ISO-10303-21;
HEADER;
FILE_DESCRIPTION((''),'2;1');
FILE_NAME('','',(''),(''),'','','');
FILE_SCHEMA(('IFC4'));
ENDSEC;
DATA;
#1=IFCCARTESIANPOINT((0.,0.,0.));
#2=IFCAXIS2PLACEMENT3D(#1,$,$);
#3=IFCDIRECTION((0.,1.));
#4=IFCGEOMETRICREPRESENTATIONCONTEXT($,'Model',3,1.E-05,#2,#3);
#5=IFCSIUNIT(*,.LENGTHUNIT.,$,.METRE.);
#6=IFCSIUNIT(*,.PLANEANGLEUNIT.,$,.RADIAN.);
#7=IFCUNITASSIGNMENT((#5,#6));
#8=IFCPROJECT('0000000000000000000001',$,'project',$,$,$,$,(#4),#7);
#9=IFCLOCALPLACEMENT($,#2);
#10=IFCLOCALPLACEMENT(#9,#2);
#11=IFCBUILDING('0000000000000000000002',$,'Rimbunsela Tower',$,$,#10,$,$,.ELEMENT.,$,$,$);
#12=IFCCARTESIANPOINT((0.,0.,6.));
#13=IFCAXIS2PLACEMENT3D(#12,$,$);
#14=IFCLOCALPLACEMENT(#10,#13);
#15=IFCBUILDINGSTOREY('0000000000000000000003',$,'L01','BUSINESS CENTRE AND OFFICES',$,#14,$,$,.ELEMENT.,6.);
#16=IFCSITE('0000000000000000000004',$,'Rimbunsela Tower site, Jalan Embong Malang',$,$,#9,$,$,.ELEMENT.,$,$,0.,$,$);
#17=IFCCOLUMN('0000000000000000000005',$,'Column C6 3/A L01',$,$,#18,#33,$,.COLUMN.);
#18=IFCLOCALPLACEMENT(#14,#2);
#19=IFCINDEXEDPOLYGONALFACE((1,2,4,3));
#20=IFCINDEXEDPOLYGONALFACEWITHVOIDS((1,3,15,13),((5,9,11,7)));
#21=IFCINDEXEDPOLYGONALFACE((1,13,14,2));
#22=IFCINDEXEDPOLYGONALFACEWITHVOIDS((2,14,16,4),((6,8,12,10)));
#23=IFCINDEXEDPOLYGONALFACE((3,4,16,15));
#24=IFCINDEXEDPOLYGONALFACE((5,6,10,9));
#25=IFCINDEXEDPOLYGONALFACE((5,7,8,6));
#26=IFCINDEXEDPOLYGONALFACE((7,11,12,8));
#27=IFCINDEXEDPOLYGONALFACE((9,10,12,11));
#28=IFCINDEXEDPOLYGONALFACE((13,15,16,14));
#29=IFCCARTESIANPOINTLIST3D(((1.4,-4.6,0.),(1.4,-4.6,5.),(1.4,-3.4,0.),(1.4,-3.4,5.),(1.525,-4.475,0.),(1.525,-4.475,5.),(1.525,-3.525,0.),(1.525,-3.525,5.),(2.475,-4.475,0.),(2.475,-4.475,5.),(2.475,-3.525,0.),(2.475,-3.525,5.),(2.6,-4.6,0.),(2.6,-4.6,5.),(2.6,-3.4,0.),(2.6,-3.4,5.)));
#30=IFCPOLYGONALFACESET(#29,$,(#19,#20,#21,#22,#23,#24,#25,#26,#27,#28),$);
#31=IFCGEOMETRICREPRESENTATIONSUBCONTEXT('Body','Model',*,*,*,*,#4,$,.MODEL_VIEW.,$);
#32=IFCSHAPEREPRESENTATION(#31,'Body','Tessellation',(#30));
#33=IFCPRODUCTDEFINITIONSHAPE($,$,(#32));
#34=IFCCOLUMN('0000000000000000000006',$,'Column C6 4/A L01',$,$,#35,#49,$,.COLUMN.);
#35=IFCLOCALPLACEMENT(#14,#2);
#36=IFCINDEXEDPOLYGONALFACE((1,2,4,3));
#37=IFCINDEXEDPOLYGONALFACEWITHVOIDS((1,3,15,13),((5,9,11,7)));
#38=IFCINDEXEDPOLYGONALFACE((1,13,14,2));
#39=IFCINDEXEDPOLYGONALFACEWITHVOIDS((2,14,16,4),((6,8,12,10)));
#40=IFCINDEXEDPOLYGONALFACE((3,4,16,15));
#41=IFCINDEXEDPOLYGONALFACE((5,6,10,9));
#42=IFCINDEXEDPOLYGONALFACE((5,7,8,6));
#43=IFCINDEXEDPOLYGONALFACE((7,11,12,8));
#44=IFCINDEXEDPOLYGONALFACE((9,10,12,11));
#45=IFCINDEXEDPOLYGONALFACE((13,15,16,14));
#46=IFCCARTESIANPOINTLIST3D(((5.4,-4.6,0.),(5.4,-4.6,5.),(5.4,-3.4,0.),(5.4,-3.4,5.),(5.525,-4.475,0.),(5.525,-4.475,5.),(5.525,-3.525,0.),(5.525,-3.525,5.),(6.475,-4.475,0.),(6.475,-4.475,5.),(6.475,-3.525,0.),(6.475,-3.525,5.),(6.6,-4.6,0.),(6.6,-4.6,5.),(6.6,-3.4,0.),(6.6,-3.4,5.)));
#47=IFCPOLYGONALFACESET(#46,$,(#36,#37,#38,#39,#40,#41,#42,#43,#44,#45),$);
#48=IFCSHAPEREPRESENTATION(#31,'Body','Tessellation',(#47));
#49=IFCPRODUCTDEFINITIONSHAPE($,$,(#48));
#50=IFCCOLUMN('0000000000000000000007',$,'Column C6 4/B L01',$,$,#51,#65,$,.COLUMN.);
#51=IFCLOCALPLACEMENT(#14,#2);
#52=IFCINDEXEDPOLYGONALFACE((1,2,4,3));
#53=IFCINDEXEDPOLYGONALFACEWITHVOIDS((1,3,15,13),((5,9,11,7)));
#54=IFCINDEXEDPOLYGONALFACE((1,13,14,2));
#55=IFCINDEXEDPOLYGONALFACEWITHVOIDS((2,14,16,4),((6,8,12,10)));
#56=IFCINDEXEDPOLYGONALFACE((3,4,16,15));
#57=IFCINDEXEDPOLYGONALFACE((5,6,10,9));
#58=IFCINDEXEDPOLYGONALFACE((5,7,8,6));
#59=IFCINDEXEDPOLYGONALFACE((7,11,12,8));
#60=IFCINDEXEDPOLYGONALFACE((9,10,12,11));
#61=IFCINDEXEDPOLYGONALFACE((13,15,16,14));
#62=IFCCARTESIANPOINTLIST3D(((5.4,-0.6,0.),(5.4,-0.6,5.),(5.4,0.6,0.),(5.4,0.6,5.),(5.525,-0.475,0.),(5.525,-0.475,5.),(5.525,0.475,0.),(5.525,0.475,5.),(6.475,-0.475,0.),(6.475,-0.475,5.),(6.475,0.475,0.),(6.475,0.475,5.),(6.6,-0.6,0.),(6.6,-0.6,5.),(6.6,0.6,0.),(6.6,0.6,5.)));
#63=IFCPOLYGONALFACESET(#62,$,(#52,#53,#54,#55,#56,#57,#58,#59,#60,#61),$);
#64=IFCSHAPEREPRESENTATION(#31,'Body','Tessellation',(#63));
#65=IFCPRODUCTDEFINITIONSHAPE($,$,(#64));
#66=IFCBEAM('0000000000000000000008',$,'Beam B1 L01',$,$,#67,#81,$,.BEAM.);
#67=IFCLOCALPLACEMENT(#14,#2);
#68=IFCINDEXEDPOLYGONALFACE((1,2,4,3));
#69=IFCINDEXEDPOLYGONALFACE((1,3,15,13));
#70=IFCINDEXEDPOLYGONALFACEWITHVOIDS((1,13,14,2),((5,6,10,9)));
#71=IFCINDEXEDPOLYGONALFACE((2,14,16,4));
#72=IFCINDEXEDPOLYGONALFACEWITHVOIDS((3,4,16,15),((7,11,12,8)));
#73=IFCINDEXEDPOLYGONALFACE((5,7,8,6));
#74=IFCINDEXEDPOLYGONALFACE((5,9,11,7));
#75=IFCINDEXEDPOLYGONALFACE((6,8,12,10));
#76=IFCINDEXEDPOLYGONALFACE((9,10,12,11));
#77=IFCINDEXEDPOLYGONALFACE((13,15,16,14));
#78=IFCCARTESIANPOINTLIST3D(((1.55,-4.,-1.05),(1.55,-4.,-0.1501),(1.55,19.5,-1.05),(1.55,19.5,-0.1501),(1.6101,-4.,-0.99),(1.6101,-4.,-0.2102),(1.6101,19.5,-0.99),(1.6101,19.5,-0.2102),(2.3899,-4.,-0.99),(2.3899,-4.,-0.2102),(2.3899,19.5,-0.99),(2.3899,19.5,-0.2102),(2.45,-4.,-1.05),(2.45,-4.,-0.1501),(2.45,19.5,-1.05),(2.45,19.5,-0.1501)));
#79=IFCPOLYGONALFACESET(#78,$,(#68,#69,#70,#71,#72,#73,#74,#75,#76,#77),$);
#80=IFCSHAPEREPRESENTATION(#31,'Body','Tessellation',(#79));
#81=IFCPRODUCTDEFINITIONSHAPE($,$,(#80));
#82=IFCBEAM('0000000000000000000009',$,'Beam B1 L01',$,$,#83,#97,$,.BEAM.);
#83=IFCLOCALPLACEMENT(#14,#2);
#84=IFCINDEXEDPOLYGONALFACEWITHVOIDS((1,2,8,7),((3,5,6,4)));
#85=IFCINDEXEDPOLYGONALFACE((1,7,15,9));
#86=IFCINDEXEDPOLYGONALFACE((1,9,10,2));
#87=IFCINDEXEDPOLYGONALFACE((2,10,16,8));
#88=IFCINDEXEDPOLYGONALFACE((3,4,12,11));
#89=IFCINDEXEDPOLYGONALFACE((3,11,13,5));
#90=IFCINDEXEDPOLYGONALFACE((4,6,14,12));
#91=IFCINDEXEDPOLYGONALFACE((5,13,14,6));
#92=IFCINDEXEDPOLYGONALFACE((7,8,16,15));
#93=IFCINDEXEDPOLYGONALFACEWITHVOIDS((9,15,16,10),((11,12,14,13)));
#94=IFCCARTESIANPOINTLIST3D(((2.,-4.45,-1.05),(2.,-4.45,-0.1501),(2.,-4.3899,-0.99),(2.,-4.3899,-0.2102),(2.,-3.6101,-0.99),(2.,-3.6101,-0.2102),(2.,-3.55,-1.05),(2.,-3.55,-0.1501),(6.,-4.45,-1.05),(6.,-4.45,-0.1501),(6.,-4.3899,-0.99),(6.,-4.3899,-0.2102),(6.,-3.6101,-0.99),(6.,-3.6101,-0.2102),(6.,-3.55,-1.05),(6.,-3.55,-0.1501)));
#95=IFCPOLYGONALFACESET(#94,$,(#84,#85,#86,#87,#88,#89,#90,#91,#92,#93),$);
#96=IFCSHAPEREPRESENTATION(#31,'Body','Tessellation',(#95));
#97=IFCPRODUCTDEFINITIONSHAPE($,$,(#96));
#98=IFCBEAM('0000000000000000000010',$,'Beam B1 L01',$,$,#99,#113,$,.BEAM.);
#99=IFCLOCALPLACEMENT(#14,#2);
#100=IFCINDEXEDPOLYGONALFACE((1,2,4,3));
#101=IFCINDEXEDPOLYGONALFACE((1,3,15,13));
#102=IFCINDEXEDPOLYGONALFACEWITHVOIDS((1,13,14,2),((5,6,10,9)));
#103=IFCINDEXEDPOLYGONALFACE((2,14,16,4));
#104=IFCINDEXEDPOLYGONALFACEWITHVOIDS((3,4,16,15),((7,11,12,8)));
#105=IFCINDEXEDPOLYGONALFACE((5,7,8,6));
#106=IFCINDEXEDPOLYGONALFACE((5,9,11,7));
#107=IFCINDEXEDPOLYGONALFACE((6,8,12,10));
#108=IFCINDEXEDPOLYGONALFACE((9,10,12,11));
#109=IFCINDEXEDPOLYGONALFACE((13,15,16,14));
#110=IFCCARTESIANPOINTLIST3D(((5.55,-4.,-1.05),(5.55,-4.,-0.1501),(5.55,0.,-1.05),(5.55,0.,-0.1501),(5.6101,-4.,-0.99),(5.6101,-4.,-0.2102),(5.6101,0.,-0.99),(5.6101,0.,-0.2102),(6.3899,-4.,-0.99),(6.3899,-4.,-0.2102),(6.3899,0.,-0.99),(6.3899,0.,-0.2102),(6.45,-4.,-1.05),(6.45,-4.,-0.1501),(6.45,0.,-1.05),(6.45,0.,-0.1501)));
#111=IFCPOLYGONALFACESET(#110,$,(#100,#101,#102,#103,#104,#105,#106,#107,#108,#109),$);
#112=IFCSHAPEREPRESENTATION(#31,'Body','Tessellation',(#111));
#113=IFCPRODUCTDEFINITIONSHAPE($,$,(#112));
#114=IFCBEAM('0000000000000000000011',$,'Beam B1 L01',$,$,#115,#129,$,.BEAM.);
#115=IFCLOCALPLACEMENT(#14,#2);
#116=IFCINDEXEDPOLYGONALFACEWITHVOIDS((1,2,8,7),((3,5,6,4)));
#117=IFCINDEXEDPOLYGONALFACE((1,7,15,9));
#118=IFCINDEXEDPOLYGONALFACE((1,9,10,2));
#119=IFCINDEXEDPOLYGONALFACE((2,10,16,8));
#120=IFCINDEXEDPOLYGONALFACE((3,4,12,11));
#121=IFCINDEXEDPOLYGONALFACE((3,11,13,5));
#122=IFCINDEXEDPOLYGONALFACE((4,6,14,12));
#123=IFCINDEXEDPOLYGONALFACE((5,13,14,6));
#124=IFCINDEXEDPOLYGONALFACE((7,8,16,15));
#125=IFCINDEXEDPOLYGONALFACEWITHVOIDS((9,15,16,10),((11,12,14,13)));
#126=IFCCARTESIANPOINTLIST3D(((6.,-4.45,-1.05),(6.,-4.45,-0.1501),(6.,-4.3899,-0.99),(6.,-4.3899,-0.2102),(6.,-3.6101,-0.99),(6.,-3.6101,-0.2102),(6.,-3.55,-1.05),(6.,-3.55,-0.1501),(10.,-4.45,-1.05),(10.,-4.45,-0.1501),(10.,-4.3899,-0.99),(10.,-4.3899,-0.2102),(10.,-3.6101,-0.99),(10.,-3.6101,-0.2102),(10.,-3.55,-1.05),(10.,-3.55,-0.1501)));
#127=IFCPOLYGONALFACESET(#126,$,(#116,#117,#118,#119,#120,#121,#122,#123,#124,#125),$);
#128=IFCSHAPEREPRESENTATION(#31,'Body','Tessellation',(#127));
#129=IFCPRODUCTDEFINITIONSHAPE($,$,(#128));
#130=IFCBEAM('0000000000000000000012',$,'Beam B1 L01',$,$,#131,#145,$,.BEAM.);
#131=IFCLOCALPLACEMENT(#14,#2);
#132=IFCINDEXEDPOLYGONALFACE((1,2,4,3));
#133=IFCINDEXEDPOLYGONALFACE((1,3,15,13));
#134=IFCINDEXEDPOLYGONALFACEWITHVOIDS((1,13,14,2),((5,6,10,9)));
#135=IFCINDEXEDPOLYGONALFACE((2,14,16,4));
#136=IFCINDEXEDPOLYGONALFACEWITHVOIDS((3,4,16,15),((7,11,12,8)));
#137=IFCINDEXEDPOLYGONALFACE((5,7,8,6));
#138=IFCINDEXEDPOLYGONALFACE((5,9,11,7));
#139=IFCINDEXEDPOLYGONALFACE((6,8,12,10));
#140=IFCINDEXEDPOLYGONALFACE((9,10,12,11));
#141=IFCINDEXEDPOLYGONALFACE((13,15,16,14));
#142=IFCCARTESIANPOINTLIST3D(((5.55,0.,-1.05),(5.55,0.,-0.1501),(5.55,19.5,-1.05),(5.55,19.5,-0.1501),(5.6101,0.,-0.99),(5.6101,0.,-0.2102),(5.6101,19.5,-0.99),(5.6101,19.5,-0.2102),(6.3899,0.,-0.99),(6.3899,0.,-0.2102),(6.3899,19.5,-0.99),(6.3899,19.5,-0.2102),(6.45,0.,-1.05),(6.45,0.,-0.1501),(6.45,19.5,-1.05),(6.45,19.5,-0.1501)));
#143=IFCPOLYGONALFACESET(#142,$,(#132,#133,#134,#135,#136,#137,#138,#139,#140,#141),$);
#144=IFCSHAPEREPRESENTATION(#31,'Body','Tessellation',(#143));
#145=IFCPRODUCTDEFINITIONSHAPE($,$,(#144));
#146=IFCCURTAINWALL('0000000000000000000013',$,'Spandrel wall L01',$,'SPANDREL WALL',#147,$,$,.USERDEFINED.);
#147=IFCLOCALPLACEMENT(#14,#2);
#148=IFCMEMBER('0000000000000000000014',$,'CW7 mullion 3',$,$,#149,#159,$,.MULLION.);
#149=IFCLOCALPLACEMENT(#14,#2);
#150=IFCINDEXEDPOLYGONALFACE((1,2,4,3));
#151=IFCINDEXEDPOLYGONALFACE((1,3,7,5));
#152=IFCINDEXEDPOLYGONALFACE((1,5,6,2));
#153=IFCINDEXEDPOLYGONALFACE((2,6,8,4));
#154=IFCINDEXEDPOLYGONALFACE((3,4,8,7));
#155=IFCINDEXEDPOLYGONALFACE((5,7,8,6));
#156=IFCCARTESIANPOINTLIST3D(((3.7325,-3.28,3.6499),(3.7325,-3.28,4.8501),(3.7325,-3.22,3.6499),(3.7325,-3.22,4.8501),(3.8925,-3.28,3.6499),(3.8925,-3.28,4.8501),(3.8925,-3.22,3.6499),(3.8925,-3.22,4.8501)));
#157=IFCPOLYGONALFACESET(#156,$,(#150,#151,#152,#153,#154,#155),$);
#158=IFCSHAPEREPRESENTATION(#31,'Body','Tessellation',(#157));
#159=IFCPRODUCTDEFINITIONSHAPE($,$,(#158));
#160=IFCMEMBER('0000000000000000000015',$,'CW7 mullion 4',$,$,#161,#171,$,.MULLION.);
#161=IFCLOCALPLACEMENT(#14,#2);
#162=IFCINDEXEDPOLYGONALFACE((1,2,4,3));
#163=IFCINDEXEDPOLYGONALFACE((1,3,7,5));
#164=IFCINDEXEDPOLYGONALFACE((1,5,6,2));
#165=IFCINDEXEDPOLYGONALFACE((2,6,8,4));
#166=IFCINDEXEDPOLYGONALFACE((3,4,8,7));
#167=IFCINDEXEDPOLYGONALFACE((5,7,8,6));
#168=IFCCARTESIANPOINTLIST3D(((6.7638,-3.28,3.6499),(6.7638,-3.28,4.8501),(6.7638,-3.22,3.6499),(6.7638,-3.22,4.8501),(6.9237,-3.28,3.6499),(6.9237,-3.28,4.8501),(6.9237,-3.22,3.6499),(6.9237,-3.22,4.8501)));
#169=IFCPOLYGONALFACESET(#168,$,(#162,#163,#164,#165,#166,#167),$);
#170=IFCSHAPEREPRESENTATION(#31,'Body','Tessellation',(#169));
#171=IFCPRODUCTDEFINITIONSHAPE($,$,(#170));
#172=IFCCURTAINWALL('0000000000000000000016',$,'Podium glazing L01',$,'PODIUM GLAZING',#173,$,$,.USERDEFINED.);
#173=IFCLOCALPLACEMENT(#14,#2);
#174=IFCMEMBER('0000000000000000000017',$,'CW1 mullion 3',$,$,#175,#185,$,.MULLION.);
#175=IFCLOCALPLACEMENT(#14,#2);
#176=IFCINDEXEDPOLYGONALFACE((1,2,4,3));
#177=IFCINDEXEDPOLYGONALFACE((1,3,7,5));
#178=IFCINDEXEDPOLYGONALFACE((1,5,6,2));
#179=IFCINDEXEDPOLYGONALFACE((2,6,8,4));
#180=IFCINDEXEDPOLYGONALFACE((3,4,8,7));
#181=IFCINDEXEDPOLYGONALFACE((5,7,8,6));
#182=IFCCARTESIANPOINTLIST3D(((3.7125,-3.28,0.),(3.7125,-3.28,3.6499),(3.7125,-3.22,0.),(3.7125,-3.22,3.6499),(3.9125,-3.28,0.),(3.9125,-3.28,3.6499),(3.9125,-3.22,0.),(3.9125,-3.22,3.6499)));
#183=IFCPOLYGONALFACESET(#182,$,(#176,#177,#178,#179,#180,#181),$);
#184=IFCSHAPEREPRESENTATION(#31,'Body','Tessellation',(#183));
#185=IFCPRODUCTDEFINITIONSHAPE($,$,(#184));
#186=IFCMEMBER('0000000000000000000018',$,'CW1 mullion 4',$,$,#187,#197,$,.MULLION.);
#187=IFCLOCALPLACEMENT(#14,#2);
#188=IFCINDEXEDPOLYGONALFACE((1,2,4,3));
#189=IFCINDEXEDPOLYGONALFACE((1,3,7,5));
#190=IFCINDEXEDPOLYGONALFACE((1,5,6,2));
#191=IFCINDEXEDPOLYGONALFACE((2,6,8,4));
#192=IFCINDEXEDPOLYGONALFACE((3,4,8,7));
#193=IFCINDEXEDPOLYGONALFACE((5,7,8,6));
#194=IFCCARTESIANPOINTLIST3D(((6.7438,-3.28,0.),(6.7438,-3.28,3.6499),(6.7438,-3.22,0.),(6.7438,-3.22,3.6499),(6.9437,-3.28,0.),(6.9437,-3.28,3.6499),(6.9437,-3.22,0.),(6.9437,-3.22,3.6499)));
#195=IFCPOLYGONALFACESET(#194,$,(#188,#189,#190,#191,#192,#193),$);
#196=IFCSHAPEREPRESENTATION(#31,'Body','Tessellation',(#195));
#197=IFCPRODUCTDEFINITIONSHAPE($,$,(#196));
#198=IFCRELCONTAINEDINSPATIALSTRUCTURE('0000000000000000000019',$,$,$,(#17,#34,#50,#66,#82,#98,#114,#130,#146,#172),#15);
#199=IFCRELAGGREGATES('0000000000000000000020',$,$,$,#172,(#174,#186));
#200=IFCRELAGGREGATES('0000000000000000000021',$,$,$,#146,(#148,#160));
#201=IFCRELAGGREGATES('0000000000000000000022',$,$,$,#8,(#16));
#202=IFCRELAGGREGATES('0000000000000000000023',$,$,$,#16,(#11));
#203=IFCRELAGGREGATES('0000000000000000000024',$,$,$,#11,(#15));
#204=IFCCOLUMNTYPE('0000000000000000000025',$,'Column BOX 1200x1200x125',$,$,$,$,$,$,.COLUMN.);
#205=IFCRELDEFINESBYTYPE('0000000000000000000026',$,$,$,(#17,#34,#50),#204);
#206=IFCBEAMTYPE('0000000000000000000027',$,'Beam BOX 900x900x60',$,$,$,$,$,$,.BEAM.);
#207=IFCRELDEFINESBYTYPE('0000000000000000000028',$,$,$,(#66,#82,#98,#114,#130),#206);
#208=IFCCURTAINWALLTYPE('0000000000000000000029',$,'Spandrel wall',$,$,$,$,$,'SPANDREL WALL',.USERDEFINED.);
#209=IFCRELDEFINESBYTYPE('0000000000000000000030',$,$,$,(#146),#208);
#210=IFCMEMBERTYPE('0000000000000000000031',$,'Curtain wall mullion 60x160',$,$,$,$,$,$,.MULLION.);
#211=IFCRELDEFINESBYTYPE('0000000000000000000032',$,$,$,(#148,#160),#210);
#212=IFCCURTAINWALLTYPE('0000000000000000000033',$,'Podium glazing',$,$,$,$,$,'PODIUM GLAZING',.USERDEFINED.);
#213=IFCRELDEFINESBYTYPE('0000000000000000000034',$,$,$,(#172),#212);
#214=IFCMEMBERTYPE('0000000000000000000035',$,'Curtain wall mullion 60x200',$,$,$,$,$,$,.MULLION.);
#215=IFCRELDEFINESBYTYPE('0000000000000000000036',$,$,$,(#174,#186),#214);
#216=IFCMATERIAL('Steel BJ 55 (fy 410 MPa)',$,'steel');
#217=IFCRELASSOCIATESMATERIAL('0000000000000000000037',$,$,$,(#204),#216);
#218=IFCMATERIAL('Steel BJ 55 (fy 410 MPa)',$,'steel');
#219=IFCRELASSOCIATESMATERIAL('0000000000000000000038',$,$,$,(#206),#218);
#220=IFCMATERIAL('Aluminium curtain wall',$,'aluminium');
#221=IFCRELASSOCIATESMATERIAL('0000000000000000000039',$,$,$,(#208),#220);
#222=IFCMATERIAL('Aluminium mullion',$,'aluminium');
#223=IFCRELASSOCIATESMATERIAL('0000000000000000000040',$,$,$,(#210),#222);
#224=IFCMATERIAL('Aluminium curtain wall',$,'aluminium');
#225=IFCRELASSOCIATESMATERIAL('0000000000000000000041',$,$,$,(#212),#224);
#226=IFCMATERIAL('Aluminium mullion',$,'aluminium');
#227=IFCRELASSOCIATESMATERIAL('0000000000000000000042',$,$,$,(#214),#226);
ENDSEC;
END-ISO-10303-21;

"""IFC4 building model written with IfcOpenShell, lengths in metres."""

from ifc_helpers import new_model, si_unit, direction, frame, origin, origin_2d, place, context, subcontext, project, spatial, rectangle, hollow_rectangle, extrude, material, material_profile, profile_set, type_object, element, aggregate, save


model = new_model("IFC4")

# Units and contexts
model_context = context("Model", 3, precision=1e-05, world=origin(), true_north=direction((0.0, 1.0)))
body_context = subcontext(model_context, "Body", "Model", "MODEL_VIEW")
ifc_project = project(units=[si_unit("LENGTHUNIT", "METRE"), si_unit("PLANEANGLEUNIT", "RADIAN")], contexts=[model_context])

# Site, building, storey
site_placement = place(None, origin())
site = spatial("IfcSite", under=ifc_project, at=site_placement, Name="Rimbunsela Tower site, Jalan Embong Malang", CompositionType="ELEMENT", RefElevation=0.0)
building_placement = place(site_placement, origin())
building = spatial("IfcBuilding", under=site, at=building_placement, Name="Rimbunsela Tower", CompositionType="ELEMENT")
storey_placement = place(building_placement, frame((0.0, 0.0, 6.0)))
storey = spatial("IfcBuildingStorey", under=building, at=storey_placement, Name="L01", Description="BUSINESS CENTRE AND OFFICES", CompositionType="ELEMENT", Elevation=6.0)

# Columns
ifc_material_1 = material(Name="Steel BJ 55 (fy 410 MPa)", Category="steel")
ifc_material_profile_1 = material_profile(ifc_material_1, hollow_rectangle(XDim=1.2, YDim=1.2, WallThickness=0.125, at=origin_2d()), Name="BOX 1200x1200x125")
ifc_profile_set_1 = profile_set([ifc_material_profile_1], Name="Steel BJ 55 (fy 410 MPa)")
column_type = type_object("IfcColumnType", Name="Column BOX 1200x1200x125", PredefinedType="COLUMN", material=ifc_profile_set_1)
for number, where, z_axis, x_axis, name in (
    (1, (2.0, -4.0, 0.0), (0.0, 0.0, 1.0), (1.0, 0.0, 0.0), "Column C6 3/A L01"),
    (2, (6.0, -4.0, 0.0), (0.0, 0.0, 1.0), (1.0, 0.0, 0.0), "Column C6 4/A L01"),
    (3, (6.0, 0.0, 0.0), (0.0, 0.0, 1.0), (1.0, 0.0, 0.0), "Column C6 4/B L01"),
):
    element("IfcColumn", number, at=place(storey_placement, frame(where, z_axis=z_axis, x_axis=x_axis)), inside=storey, type_object=column_type, Name=name, PredefinedType="COLUMN", context=body_context, shape_type="SweptSolid", body=[
        extrude(hollow_rectangle(XDim=1.2, YDim=1.2, WallThickness=0.125, at=origin_2d()), origin(), (0.0, 0.0, 1.0), 5.0),
    ])

# Beams
ifc_material_2 = material(Name="Steel BJ 55 (fy 410 MPa)", Category="steel")
ifc_material_profile_2 = material_profile(ifc_material_2, hollow_rectangle(XDim=0.8999, YDim=0.8999, WallThickness=0.0601, at=origin_2d()), Name="BOX 900x900x60")
ifc_profile_set_2 = profile_set([ifc_material_profile_2], Name="Steel BJ 55 (fy 410 MPa)")
beam_type = type_object("IfcBeamType", Name="Beam BOX 900x900x60", PredefinedType="BEAM", material=ifc_profile_set_2)
beam_1_placement = place(storey_placement, frame((2.0, -4.0, -0.6001), z_axis=(0.0, 1.0, 0.0), x_axis=(-1.0, 0.0, 0.0)))
element("IfcBeam", 4, at=beam_1_placement, inside=storey, type_object=beam_type, Name="Beam B1 L01", PredefinedType="BEAM", context=body_context, shape_type="SweptSolid", body=[
    extrude(hollow_rectangle(XDim=0.8999, YDim=0.8999, WallThickness=0.0601, at=origin_2d()), origin(), (0.0, 0.0, 1.0), 23.5),
])
for number, where, z_axis, x_axis, name in (
    (5, (2.0, -4.0, -0.6001), (1.0, 0.0, 0.0), (0.0, 1.0, 0.0), "Beam B1 L01"),
    (6, (6.0, -4.0, -0.6001), (0.0, 1.0, 0.0), (-1.0, 0.0, 0.0), "Beam B1 L01"),
    (7, (6.0, -4.0, -0.6001), (1.0, 0.0, 0.0), (0.0, 1.0, 0.0), "Beam B1 L01"),
):
    element("IfcBeam", number, at=place(storey_placement, frame(where, z_axis=z_axis, x_axis=x_axis)), inside=storey, type_object=beam_type, Name=name, PredefinedType="BEAM", context=body_context, shape_type="SweptSolid", body=[
        extrude(hollow_rectangle(XDim=0.8999, YDim=0.8999, WallThickness=0.0601, at=origin_2d()), origin(), (0.0, 0.0, 1.0), 4.0),
    ])
beam_2_placement = place(storey_placement, frame((6.0, 0.0, -0.6001), z_axis=(0.0, 1.0, 0.0), x_axis=(-1.0, 0.0, 0.0)))
element("IfcBeam", 8, at=beam_2_placement, inside=storey, type_object=beam_type, Name="Beam B1 L01", PredefinedType="BEAM", context=body_context, shape_type="SweptSolid", body=[
    extrude(hollow_rectangle(XDim=0.8999, YDim=0.8999, WallThickness=0.0601, at=origin_2d()), origin(), (0.0, 0.0, 1.0), 19.5),
])

# Curtain walls, members
ifc_material_3 = material(Name="Aluminium curtain wall", Category="aluminium")
curtain_wall_type_1 = type_object("IfcCurtainWallType", Name="Spandrel wall", ElementType="SPANDREL WALL", PredefinedType="USERDEFINED", material=ifc_material_3)
curtain_wall_1_placement = place(storey_placement, origin())
curtain_wall_1 = element("IfcCurtainWall", 9, at=curtain_wall_1_placement, inside=storey, type_object=curtain_wall_type_1, Name="Spandrel wall L01", ObjectType="SPANDREL WALL", PredefinedType="USERDEFINED")
ifc_material_4 = material(Name="Aluminium mullion", Category="aluminium")
ifc_material_profile_3 = material_profile(ifc_material_4, rectangle(XDim=0.0601, YDim=0.1599, at=origin_2d()), Name="Mullion 60x160")
ifc_profile_set_3 = profile_set([ifc_material_profile_3], Name="Aluminium mullion")
member_type_1 = type_object("IfcMemberType", Name="Curtain wall mullion 60x160", PredefinedType="MULLION", material=ifc_profile_set_3)
member_1_placement = place(storey_placement, frame((3.8125, -3.25, 3.6499), z_axis=(0.0, 0.0, 1.0), x_axis=(0.0, 1.0, 0.0)))
member_1 = element("IfcMember", 10, at=member_1_placement, type_object=member_type_1, Name="CW7 mullion 3", PredefinedType="MULLION", context=body_context, shape_type="SweptSolid", body=[
    extrude(rectangle(XDim=0.0601, YDim=0.1599, at=origin_2d()), origin(), (0.0, 0.0, 1.0), 1.2002),
])
member_2_placement = place(storey_placement, frame((6.8438, -3.25, 3.6499), z_axis=(0.0, 0.0, 1.0), x_axis=(0.0, 1.0, 0.0)))
member_2 = element("IfcMember", 11, at=member_2_placement, type_object=member_type_1, Name="CW7 mullion 4", PredefinedType="MULLION", context=body_context, shape_type="SweptSolid", body=[
    extrude(rectangle(XDim=0.0601, YDim=0.1599, at=origin_2d()), origin(), (0.0, 0.0, 1.0), 1.2002),
])
ifc_material_5 = material(Name="Aluminium curtain wall", Category="aluminium")
curtain_wall_type_2 = type_object("IfcCurtainWallType", Name="Podium glazing", ElementType="PODIUM GLAZING", PredefinedType="USERDEFINED", material=ifc_material_5)
curtain_wall_2_placement = place(storey_placement, origin())
curtain_wall_2 = element("IfcCurtainWall", 12, at=curtain_wall_2_placement, inside=storey, type_object=curtain_wall_type_2, Name="Podium glazing L01", ObjectType="PODIUM GLAZING", PredefinedType="USERDEFINED")
ifc_material_6 = material(Name="Aluminium mullion", Category="aluminium")
ifc_material_profile_4 = material_profile(ifc_material_6, rectangle(XDim=0.0601, YDim=0.2, at=origin_2d()), Name="Mullion 60x200")
ifc_profile_set_4 = profile_set([ifc_material_profile_4], Name="Aluminium mullion")
member_type_2 = type_object("IfcMemberType", Name="Curtain wall mullion 60x200", PredefinedType="MULLION", material=ifc_profile_set_4)
member_3_placement = place(storey_placement, frame((3.8125, -3.25, 0.0), z_axis=(0.0, 0.0, 1.0), x_axis=(0.0, 1.0, 0.0)))
member_3 = element("IfcMember", 13, at=member_3_placement, type_object=member_type_2, Name="CW1 mullion 3", PredefinedType="MULLION", context=body_context, shape_type="SweptSolid", body=[
    extrude(rectangle(XDim=0.0601, YDim=0.2, at=origin_2d()), origin(), (0.0, 0.0, 1.0), 3.6499),
])
member_4_placement = place(storey_placement, frame((6.8438, -3.25, 0.0), z_axis=(0.0, 0.0, 1.0), x_axis=(0.0, 1.0, 0.0)))
member_4 = element("IfcMember", 14, at=member_4_placement, type_object=member_type_2, Name="CW1 mullion 4", PredefinedType="MULLION", context=body_context, shape_type="SweptSolid", body=[
    extrude(rectangle(XDim=0.0601, YDim=0.2, at=origin_2d()), origin(), (0.0, 0.0, 1.0), 3.6499),
])

aggregate(curtain_wall_2, [member_3, member_4])
aggregate(curtain_wall_1, [member_1, member_2])

save(model, "model.ifc")
